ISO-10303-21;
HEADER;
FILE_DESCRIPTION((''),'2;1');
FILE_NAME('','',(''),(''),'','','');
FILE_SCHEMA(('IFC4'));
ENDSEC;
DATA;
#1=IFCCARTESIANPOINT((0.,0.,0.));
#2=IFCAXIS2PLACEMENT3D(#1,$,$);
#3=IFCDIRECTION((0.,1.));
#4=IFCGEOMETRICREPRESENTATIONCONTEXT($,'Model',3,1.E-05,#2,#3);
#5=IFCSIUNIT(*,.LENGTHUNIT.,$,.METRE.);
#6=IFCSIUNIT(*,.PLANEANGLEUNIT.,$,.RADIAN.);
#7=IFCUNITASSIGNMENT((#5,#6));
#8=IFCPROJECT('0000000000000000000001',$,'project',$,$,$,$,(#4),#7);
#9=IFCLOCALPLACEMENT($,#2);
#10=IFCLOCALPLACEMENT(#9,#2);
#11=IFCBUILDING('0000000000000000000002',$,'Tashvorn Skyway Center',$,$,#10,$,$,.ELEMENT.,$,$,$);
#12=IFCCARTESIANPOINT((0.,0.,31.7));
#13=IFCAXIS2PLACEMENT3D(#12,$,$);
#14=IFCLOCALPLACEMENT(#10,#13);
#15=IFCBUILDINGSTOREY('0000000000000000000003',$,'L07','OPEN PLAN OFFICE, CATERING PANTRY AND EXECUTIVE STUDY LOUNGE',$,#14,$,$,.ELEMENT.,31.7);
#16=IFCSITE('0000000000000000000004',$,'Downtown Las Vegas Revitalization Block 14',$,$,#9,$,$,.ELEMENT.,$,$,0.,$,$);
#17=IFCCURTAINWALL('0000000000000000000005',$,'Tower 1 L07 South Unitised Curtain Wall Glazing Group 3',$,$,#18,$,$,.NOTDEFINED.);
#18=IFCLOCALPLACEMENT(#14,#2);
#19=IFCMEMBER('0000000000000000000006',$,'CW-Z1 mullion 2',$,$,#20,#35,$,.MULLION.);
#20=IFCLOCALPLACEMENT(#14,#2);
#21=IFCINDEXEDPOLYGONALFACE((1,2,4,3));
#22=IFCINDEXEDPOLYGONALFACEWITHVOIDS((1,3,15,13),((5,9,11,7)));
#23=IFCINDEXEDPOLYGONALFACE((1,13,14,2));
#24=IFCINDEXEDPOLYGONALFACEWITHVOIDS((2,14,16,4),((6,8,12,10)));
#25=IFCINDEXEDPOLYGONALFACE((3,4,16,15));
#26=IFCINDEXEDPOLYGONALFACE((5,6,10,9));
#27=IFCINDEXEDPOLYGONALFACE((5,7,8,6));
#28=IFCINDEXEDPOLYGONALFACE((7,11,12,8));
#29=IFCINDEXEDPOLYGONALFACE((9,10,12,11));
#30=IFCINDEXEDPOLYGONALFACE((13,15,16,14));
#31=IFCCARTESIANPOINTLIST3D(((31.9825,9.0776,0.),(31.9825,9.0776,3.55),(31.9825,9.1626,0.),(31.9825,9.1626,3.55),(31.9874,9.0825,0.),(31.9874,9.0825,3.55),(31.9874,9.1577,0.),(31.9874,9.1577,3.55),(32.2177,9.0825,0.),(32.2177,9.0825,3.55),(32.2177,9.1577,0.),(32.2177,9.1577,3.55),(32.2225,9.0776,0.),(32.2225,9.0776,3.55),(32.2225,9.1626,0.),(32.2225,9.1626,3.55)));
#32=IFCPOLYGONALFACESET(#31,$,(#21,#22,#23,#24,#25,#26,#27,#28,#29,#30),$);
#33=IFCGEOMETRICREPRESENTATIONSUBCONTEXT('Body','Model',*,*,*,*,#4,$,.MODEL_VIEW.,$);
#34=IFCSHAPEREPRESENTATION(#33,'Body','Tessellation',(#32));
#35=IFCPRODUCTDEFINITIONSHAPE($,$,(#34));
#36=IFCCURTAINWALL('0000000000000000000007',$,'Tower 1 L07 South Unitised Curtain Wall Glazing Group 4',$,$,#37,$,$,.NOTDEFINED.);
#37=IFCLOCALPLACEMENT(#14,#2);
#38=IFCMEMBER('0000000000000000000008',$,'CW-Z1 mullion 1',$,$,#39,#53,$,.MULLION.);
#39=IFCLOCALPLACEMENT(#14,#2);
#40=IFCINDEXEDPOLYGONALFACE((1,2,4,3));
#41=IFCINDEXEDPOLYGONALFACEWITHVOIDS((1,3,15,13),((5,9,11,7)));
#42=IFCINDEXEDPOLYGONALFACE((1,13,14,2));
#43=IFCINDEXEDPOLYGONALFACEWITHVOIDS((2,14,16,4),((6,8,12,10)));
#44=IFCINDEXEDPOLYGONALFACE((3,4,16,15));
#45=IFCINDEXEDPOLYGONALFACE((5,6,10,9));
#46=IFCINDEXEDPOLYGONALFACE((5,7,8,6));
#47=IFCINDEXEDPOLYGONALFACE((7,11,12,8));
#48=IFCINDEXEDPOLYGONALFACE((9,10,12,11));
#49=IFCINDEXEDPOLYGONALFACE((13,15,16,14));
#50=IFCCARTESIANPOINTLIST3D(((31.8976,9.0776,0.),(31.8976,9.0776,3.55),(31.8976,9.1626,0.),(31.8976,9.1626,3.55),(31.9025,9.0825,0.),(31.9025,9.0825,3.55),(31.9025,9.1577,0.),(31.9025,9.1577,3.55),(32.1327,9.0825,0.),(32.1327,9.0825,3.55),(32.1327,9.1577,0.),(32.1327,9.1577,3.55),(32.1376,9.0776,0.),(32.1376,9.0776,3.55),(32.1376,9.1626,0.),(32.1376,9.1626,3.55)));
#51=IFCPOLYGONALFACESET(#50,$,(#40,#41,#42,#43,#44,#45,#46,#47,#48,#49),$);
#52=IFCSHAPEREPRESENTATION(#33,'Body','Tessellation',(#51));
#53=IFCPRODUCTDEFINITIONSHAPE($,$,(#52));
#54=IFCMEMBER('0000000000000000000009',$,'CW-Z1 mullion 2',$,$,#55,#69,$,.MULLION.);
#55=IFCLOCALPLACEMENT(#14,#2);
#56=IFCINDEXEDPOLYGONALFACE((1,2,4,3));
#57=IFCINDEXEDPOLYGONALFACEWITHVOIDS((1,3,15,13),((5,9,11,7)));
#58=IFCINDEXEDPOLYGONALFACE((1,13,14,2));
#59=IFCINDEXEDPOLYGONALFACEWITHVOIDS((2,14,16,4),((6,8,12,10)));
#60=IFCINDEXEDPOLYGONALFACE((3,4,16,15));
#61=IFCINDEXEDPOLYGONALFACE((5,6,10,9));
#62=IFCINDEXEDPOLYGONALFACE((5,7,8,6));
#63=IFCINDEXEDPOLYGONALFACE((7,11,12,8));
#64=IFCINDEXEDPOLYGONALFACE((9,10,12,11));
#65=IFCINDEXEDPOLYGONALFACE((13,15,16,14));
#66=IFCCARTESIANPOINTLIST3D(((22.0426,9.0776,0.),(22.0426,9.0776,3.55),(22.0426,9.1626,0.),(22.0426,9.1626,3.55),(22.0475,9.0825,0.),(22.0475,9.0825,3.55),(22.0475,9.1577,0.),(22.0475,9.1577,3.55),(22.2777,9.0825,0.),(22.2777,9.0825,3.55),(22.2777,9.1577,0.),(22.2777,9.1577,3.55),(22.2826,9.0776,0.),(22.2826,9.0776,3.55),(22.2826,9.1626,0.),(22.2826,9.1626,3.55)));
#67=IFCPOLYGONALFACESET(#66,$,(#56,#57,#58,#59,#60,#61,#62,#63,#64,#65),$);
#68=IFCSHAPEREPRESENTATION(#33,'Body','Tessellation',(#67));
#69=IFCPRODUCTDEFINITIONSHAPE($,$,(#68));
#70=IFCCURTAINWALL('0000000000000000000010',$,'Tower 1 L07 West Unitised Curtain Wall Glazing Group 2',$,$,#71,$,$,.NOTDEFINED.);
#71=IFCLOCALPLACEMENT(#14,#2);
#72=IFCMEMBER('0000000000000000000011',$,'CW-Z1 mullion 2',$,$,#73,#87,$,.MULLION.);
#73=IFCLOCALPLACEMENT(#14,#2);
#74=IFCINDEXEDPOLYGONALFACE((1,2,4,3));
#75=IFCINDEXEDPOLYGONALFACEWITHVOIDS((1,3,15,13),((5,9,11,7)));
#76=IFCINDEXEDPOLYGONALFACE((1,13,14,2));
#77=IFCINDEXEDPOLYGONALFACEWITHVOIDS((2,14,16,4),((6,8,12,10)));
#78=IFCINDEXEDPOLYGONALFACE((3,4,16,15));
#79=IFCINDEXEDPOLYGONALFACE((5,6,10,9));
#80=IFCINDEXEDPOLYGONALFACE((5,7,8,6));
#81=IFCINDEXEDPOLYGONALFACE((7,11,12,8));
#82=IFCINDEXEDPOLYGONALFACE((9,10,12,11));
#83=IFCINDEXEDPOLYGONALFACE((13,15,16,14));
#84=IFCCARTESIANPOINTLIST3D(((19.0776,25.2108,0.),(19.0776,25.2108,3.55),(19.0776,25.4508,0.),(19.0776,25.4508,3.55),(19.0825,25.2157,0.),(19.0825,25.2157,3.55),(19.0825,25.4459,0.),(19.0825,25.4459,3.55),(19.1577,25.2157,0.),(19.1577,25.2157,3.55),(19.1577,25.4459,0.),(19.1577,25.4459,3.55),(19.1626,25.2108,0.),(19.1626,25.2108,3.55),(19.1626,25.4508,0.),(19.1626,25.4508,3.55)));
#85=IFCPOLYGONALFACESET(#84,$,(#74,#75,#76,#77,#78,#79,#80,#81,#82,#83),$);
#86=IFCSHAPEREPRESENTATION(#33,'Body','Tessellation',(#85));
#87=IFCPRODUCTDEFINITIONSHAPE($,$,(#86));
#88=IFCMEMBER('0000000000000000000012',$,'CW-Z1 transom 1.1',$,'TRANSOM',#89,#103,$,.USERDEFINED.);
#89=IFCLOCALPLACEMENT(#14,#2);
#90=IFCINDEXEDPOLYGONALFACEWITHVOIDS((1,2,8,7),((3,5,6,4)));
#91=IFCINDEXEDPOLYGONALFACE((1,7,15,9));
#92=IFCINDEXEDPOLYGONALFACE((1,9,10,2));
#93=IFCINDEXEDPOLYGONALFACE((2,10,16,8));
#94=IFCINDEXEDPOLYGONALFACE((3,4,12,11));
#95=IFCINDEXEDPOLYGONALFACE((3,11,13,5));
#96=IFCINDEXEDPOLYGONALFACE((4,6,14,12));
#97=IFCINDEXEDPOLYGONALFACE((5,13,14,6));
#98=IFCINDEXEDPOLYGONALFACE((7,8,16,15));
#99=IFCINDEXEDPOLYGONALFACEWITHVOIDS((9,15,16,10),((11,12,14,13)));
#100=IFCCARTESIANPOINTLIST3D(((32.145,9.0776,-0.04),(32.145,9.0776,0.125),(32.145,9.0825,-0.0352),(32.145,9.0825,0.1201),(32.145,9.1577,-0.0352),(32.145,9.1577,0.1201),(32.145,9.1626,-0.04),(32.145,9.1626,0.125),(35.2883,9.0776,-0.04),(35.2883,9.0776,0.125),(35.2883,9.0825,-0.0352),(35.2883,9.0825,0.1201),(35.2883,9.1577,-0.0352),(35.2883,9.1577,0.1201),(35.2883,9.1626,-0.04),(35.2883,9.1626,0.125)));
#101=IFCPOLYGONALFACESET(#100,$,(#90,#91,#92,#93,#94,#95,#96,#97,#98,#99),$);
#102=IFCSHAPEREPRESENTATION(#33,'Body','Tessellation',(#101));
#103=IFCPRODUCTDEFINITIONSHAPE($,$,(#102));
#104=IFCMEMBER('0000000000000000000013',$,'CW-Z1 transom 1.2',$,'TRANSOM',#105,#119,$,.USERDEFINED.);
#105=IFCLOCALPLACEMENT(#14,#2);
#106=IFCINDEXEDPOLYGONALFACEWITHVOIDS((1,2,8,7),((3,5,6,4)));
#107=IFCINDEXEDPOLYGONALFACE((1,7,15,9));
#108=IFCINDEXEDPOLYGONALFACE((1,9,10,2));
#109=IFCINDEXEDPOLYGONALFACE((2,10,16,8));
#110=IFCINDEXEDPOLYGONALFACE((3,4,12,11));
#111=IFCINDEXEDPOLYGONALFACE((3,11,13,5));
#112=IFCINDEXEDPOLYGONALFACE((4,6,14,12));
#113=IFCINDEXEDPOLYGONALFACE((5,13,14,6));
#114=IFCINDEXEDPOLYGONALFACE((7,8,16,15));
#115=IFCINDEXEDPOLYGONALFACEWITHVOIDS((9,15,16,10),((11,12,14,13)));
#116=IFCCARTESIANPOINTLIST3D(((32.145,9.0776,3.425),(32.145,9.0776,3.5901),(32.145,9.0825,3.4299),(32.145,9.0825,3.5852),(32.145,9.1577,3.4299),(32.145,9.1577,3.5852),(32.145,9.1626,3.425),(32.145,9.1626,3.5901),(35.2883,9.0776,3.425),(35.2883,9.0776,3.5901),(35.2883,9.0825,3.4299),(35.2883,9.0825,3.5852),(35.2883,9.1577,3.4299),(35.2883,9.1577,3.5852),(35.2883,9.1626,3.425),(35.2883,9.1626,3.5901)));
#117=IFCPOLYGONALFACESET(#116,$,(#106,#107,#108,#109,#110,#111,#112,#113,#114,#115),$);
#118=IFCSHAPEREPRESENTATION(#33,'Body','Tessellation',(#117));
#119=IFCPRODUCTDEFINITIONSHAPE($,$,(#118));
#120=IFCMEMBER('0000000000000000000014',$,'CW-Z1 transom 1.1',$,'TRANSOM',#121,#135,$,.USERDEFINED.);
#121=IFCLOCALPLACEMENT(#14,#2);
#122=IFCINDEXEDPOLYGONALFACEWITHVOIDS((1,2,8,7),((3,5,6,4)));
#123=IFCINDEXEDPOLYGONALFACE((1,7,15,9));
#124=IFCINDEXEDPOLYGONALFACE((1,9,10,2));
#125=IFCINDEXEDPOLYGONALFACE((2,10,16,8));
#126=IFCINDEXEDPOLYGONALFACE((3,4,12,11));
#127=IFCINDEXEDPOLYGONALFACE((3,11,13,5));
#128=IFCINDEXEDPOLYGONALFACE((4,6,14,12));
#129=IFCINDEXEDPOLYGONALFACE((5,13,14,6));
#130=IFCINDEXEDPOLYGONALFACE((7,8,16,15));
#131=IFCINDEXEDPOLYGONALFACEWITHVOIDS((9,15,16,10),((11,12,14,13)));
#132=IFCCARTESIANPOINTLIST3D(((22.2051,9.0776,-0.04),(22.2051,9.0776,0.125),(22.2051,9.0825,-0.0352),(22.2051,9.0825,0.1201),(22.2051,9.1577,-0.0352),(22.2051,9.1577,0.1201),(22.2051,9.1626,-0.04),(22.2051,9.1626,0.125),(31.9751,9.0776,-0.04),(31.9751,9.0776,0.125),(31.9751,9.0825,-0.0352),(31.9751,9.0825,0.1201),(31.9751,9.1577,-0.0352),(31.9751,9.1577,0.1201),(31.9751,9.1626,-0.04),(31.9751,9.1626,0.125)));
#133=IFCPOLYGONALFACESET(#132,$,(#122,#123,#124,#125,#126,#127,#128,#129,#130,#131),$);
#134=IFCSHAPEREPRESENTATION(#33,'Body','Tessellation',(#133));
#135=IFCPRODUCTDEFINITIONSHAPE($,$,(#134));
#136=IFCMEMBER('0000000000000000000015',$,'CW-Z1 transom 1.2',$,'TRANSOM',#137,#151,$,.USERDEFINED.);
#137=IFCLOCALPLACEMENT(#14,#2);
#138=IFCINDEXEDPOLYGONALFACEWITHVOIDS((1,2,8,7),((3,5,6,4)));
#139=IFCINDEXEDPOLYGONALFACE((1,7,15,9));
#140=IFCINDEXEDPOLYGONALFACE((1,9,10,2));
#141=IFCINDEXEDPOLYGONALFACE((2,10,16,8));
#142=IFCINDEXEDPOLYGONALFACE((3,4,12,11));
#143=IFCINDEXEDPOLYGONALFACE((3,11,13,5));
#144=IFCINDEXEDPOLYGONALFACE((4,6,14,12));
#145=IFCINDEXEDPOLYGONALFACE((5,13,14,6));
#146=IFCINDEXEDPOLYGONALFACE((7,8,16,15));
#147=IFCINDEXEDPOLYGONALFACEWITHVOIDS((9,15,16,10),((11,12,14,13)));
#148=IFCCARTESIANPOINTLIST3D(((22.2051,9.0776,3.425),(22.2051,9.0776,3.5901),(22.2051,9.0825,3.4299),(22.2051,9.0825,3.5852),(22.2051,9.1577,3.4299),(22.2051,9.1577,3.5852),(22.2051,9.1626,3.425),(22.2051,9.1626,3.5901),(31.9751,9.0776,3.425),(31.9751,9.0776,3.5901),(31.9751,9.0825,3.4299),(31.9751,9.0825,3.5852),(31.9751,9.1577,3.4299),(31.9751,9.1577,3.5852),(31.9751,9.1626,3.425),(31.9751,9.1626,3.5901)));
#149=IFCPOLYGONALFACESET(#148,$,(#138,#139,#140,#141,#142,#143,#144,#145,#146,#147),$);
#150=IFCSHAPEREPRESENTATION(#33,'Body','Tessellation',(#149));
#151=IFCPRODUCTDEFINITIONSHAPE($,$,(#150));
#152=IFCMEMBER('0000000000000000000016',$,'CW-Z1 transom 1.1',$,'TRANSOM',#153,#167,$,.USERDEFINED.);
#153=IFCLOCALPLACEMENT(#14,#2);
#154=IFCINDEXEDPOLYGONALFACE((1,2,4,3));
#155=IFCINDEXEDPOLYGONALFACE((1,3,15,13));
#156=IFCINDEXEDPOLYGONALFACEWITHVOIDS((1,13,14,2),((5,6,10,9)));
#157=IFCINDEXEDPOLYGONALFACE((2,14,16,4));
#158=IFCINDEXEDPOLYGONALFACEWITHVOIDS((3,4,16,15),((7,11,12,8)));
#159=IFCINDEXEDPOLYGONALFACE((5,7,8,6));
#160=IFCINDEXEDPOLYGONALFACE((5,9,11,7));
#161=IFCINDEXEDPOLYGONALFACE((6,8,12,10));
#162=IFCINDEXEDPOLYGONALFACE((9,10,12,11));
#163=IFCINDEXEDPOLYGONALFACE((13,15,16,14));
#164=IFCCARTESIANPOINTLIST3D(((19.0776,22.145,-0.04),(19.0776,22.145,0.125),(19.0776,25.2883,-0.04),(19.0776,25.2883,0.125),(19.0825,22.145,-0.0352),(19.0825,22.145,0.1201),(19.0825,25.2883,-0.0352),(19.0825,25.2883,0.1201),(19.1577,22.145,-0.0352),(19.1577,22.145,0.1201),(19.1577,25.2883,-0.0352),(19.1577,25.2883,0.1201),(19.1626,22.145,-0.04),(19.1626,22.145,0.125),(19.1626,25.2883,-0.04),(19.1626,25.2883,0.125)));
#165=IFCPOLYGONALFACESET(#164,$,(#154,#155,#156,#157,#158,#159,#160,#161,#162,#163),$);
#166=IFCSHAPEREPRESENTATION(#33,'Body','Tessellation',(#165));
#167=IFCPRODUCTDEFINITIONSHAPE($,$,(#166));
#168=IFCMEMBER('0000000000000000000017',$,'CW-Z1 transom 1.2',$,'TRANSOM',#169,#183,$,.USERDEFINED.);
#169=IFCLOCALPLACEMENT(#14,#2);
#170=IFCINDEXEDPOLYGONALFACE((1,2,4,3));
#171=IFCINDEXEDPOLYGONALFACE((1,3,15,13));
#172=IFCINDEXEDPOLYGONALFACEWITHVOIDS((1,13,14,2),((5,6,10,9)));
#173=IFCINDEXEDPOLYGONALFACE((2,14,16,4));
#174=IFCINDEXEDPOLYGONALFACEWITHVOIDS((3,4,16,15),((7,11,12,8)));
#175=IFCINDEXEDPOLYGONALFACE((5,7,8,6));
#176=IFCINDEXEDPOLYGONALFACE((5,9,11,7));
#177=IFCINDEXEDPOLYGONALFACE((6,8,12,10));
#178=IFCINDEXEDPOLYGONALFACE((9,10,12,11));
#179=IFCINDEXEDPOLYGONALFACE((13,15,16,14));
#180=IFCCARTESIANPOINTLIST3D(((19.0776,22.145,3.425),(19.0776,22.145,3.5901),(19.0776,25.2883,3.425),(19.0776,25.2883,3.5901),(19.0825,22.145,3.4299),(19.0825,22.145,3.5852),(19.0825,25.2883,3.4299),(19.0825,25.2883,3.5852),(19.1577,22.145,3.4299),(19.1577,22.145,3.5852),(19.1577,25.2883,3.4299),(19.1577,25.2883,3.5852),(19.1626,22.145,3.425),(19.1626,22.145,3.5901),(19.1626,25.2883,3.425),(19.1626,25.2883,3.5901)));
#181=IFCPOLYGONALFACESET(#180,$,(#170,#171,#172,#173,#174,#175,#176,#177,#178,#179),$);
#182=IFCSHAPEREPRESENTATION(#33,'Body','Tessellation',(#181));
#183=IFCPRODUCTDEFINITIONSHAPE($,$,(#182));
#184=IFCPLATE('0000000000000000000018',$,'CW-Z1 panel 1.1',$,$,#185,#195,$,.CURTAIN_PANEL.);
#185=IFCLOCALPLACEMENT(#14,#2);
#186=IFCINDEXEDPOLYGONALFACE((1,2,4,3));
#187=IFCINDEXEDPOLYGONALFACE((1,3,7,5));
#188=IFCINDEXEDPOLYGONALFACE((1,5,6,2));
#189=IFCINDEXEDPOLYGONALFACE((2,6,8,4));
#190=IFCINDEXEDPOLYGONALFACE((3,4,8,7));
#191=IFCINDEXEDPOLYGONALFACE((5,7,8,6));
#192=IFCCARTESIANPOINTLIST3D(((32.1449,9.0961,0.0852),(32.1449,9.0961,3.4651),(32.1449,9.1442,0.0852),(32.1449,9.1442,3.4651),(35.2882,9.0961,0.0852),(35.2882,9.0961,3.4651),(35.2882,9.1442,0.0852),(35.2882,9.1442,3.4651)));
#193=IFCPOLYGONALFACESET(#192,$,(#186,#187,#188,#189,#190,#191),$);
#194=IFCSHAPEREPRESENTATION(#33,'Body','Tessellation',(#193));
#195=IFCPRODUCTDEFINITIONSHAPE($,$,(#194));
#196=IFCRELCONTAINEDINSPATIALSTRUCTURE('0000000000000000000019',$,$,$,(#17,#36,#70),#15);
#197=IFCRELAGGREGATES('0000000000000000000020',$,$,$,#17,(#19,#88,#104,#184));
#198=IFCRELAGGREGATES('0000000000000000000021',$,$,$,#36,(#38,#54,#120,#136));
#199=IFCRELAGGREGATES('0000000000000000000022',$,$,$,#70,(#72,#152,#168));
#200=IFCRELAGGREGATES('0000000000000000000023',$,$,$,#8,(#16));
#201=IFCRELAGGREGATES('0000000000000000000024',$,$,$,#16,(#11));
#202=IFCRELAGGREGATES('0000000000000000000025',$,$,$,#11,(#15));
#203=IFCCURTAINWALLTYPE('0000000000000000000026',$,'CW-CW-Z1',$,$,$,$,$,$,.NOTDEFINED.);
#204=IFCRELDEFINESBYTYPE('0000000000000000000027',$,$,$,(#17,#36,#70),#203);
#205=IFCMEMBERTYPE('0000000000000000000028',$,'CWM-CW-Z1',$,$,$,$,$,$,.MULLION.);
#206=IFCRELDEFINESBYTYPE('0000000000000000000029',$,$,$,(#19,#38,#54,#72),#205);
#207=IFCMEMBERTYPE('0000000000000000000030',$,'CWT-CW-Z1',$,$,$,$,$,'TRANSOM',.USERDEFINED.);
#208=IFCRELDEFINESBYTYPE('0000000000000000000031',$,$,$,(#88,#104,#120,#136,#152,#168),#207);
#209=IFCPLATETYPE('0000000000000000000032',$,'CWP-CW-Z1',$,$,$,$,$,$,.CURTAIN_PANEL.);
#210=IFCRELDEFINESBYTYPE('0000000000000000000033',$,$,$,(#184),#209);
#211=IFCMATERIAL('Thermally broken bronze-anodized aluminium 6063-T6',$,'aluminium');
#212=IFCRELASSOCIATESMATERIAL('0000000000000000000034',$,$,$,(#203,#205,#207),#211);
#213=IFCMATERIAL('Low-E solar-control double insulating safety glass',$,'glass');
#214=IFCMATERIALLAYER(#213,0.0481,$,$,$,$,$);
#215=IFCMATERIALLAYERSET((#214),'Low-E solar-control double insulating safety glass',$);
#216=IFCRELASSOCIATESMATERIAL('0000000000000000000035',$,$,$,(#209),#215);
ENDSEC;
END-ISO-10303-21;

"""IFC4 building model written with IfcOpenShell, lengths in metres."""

from ifc_helpers import new_model, si_unit, direction, frame, origin, origin_2d, place, context, subcontext, project, spatial, rectangle, hollow_rectangle, extrude, material, layer, layer_set, material_profile, profile_set, type_object, element, aggregate, save


model = new_model("IFC4")

# Units and contexts
model_context = context("Model", 3, precision=1e-05, world=origin(), true_north=direction((0.0, 1.0)))
body_context = subcontext(model_context, "Body", "Model", "MODEL_VIEW")
ifc_project = project(units=[si_unit("LENGTHUNIT", "METRE"), si_unit("PLANEANGLEUNIT", "RADIAN")], contexts=[model_context])

# Site, building, storey
site_placement = place(None, origin())
site = spatial("IfcSite", under=ifc_project, at=site_placement, Name="Downtown Las Vegas Revitalization Block 14", CompositionType="ELEMENT", RefElevation=0.0)
building_placement = place(site_placement, origin())
building = spatial("IfcBuilding", under=site, at=building_placement, Name="Tashvorn Skyway Center", CompositionType="ELEMENT")
storey_placement = place(building_placement, frame((0.0, 0.0, 31.7)))
storey = spatial("IfcBuildingStorey", under=building, at=storey_placement, Name="L07", Description="OPEN PLAN OFFICE, CATERING PANTRY AND EXECUTIVE STUDY LOUNGE", CompositionType="ELEMENT", Elevation=31.7)

# Curtain walls, members
ifc_material_1 = material(Name="Thermally broken bronze-anodized aluminium 6063-T6", Category="aluminium")
curtain_wall_type = type_object("IfcCurtainWallType", Name="CW-CW-Z1", PredefinedType="NOTDEFINED", material=ifc_material_1)
curtain_wall_1_placement = place(storey_placement, origin())
curtain_wall_1 = element("IfcCurtainWall", 1, at=curtain_wall_1_placement, inside=storey, type_object=curtain_wall_type, Name="Tower 1 L07 South Unitised Curtain Wall Glazing Group 3", PredefinedType="NOTDEFINED")
ifc_material_profile_1 = material_profile(ifc_material_1, hollow_rectangle(XDim=0.085, YDim=0.24, WallThickness=0.0049, at=origin_2d()), Name="ALU-MULL-85x240")
ifc_profile_set_1 = profile_set([ifc_material_profile_1], Name="Thermally broken bronze-anodized aluminium 6063-T6")
member_type_1 = type_object("IfcMemberType", Name="CWM-CW-Z1", PredefinedType="MULLION", material=ifc_profile_set_1)
member_1_placement = place(storey_placement, frame((32.1025, 9.1201, 0.0), z_axis=(0.0, 0.0, 1.0), x_axis=(0.0, -1.0, 0.0)))
member_1 = element("IfcMember", 2, at=member_1_placement, type_object=member_type_1, Name="CW-Z1 mullion 2", PredefinedType="MULLION", context=body_context, shape_type="SweptSolid", body=[
    extrude(hollow_rectangle(XDim=0.085, YDim=0.24, WallThickness=0.0049, at=origin_2d()), origin(), (0.0, 0.0, 1.0), 3.55),
])
curtain_wall_2_placement = place(storey_placement, origin())
curtain_wall_2 = element("IfcCurtainWall", 3, at=curtain_wall_2_placement, inside=storey, type_object=curtain_wall_type, Name="Tower 1 L07 South Unitised Curtain Wall Glazing Group 4", PredefinedType="NOTDEFINED")
member_2_placement = place(storey_placement, frame((32.0176, 9.1201, 0.0), z_axis=(0.0, 0.0, 1.0), x_axis=(0.0, -1.0, 0.0)))
member_2 = element("IfcMember", 4, at=member_2_placement, type_object=member_type_1, Name="CW-Z1 mullion 1", PredefinedType="MULLION", context=body_context, shape_type="SweptSolid", body=[
    extrude(hollow_rectangle(XDim=0.085, YDim=0.24, WallThickness=0.0049, at=origin_2d()), origin(), (0.0, 0.0, 1.0), 3.55),
])
member_3_placement = place(storey_placement, frame((22.1626, 9.1201, 0.0), z_axis=(0.0, 0.0, 1.0), x_axis=(0.0, -1.0, 0.0)))
member_3 = element("IfcMember", 5, at=member_3_placement, type_object=member_type_1, Name="CW-Z1 mullion 2", PredefinedType="MULLION", context=body_context, shape_type="SweptSolid", body=[
    extrude(hollow_rectangle(XDim=0.085, YDim=0.24, WallThickness=0.0049, at=origin_2d()), origin(), (0.0, 0.0, 1.0), 3.55),
])

# Curtain wall, member
curtain_wall_3_placement = place(storey_placement, origin())
curtain_wall_3 = element("IfcCurtainWall", 6, at=curtain_wall_3_placement, inside=storey, type_object=curtain_wall_type, Name="Tower 1 L07 West Unitised Curtain Wall Glazing Group 2", PredefinedType="NOTDEFINED")
member_4_placement = place(storey_placement, frame((19.1201, 25.3308, 0.0), z_axis=(0.0, 0.0, 1.0), x_axis=(-1.0, 0.0, 0.0)))
member_4 = element("IfcMember", 7, at=member_4_placement, type_object=member_type_1, Name="CW-Z1 mullion 2", PredefinedType="MULLION", context=body_context, shape_type="SweptSolid", body=[
    extrude(hollow_rectangle(XDim=0.085, YDim=0.24, WallThickness=0.0049, at=origin_2d()), origin(), (0.0, 0.0, 1.0), 3.55),
])

# Members
ifc_material_profile_2 = material_profile(ifc_material_1, hollow_rectangle(XDim=0.085, YDim=0.165, WallThickness=0.0049, at=origin_2d()), Name="ALU-TRAN-85x165")
ifc_profile_set_2 = profile_set([ifc_material_profile_2], Name="Thermally broken bronze-anodized aluminium 6063-T6")
member_type_2 = type_object("IfcMemberType", Name="CWT-CW-Z1", ElementType="TRANSOM", PredefinedType="USERDEFINED", material=ifc_profile_set_2)
member_5_placement = place(storey_placement, frame((35.2883, 9.1201, 0.0425), z_axis=(-1.0, 0.0, 0.0), x_axis=(0.0, -1.0, 0.0)))
member_5 = element("IfcMember", 8, at=member_5_placement, type_object=member_type_2, Name="CW-Z1 transom 1.1", ObjectType="TRANSOM", PredefinedType="USERDEFINED", context=body_context, shape_type="SweptSolid", body=[
    extrude(hollow_rectangle(XDim=0.085, YDim=0.165, WallThickness=0.0049, at=origin_2d()), origin(), (0.0, 0.0, 1.0), 3.1433),
])
member_6_placement = place(storey_placement, frame((35.2883, 9.1201, 3.5076), z_axis=(-1.0, 0.0, 0.0), x_axis=(0.0, -1.0, 0.0)))
member_6 = element("IfcMember", 9, at=member_6_placement, type_object=member_type_2, Name="CW-Z1 transom 1.2", ObjectType="TRANSOM", PredefinedType="USERDEFINED", context=body_context, shape_type="SweptSolid", body=[
    extrude(hollow_rectangle(XDim=0.085, YDim=0.165, WallThickness=0.0049, at=origin_2d()), origin(), (0.0, 0.0, 1.0), 3.1433),
])
member_7_placement = place(storey_placement, frame((31.9751, 9.1201, 0.0425), z_axis=(-1.0, 0.0, 0.0), x_axis=(0.0, -1.0, 0.0)))
member_7 = element("IfcMember", 10, at=member_7_placement, type_object=member_type_2, Name="CW-Z1 transom 1.1", ObjectType="TRANSOM", PredefinedType="USERDEFINED", context=body_context, shape_type="SweptSolid", body=[
    extrude(hollow_rectangle(XDim=0.085, YDim=0.165, WallThickness=0.0049, at=origin_2d()), origin(), (0.0, 0.0, 1.0), 9.77),
])
member_8_placement = place(storey_placement, frame((31.9751, 9.1201, 3.5076), z_axis=(-1.0, 0.0, 0.0), x_axis=(0.0, -1.0, 0.0)))
member_8 = element("IfcMember", 11, at=member_8_placement, type_object=member_type_2, Name="CW-Z1 transom 1.2", ObjectType="TRANSOM", PredefinedType="USERDEFINED", context=body_context, shape_type="SweptSolid", body=[
    extrude(hollow_rectangle(XDim=0.085, YDim=0.165, WallThickness=0.0049, at=origin_2d()), origin(), (0.0, 0.0, 1.0), 9.77),
])
member_9_placement = place(storey_placement, frame((19.1201, 22.145, 0.0425), z_axis=(0.0, 1.0, 0.0), x_axis=(-1.0, 0.0, 0.0)))
member_9 = element("IfcMember", 12, at=member_9_placement, type_object=member_type_2, Name="CW-Z1 transom 1.1", ObjectType="TRANSOM", PredefinedType="USERDEFINED", context=body_context, shape_type="SweptSolid", body=[
    extrude(hollow_rectangle(XDim=0.085, YDim=0.165, WallThickness=0.0049, at=origin_2d()), origin(), (0.0, 0.0, 1.0), 3.1433),
])
member_10_placement = place(storey_placement, frame((19.1201, 22.145, 3.5076), z_axis=(0.0, 1.0, 0.0), x_axis=(-1.0, 0.0, 0.0)))
member_10 = element("IfcMember", 13, at=member_10_placement, type_object=member_type_2, Name="CW-Z1 transom 1.2", ObjectType="TRANSOM", PredefinedType="USERDEFINED", context=body_context, shape_type="SweptSolid", body=[
    extrude(hollow_rectangle(XDim=0.085, YDim=0.165, WallThickness=0.0049, at=origin_2d()), origin(), (0.0, 0.0, 1.0), 3.1433),
])

# Plate
ifc_material_2 = material(Name="Low-E solar-control double insulating safety glass", Category="glass")
ifc_layer_1 = layer(ifc_material_2, 0.0481)
ifc_layer_set_1 = layer_set([ifc_layer_1], Name="Low-E solar-control double insulating safety glass")
plate_type = type_object("IfcPlateType", Name="CWP-CW-Z1", PredefinedType="CURTAIN_PANEL", material=ifc_layer_set_1)
plate_1_placement = place(storey_placement, frame((33.7166, 9.1201, 0.0852), z_axis=(0.0, 0.0, 1.0), x_axis=(-1.0, 0.0, 0.0)))
plate_1 = element("IfcPlate", 14, at=plate_1_placement, type_object=plate_type, Name="CW-Z1 panel 1.1", PredefinedType="CURTAIN_PANEL", context=body_context, shape_type="SweptSolid", body=[
    extrude(rectangle(XDim=3.1433, YDim=0.0481, at=origin_2d()), origin(), (0.0, 0.0, 1.0), 3.3799),
])
aggregate(curtain_wall_1, [member_1, member_5, member_6, plate_1])
aggregate(curtain_wall_2, [member_2, member_3, member_7, member_8])
aggregate(curtain_wall_3, [member_4, member_9, member_10])

save(model, "model.ifc")
